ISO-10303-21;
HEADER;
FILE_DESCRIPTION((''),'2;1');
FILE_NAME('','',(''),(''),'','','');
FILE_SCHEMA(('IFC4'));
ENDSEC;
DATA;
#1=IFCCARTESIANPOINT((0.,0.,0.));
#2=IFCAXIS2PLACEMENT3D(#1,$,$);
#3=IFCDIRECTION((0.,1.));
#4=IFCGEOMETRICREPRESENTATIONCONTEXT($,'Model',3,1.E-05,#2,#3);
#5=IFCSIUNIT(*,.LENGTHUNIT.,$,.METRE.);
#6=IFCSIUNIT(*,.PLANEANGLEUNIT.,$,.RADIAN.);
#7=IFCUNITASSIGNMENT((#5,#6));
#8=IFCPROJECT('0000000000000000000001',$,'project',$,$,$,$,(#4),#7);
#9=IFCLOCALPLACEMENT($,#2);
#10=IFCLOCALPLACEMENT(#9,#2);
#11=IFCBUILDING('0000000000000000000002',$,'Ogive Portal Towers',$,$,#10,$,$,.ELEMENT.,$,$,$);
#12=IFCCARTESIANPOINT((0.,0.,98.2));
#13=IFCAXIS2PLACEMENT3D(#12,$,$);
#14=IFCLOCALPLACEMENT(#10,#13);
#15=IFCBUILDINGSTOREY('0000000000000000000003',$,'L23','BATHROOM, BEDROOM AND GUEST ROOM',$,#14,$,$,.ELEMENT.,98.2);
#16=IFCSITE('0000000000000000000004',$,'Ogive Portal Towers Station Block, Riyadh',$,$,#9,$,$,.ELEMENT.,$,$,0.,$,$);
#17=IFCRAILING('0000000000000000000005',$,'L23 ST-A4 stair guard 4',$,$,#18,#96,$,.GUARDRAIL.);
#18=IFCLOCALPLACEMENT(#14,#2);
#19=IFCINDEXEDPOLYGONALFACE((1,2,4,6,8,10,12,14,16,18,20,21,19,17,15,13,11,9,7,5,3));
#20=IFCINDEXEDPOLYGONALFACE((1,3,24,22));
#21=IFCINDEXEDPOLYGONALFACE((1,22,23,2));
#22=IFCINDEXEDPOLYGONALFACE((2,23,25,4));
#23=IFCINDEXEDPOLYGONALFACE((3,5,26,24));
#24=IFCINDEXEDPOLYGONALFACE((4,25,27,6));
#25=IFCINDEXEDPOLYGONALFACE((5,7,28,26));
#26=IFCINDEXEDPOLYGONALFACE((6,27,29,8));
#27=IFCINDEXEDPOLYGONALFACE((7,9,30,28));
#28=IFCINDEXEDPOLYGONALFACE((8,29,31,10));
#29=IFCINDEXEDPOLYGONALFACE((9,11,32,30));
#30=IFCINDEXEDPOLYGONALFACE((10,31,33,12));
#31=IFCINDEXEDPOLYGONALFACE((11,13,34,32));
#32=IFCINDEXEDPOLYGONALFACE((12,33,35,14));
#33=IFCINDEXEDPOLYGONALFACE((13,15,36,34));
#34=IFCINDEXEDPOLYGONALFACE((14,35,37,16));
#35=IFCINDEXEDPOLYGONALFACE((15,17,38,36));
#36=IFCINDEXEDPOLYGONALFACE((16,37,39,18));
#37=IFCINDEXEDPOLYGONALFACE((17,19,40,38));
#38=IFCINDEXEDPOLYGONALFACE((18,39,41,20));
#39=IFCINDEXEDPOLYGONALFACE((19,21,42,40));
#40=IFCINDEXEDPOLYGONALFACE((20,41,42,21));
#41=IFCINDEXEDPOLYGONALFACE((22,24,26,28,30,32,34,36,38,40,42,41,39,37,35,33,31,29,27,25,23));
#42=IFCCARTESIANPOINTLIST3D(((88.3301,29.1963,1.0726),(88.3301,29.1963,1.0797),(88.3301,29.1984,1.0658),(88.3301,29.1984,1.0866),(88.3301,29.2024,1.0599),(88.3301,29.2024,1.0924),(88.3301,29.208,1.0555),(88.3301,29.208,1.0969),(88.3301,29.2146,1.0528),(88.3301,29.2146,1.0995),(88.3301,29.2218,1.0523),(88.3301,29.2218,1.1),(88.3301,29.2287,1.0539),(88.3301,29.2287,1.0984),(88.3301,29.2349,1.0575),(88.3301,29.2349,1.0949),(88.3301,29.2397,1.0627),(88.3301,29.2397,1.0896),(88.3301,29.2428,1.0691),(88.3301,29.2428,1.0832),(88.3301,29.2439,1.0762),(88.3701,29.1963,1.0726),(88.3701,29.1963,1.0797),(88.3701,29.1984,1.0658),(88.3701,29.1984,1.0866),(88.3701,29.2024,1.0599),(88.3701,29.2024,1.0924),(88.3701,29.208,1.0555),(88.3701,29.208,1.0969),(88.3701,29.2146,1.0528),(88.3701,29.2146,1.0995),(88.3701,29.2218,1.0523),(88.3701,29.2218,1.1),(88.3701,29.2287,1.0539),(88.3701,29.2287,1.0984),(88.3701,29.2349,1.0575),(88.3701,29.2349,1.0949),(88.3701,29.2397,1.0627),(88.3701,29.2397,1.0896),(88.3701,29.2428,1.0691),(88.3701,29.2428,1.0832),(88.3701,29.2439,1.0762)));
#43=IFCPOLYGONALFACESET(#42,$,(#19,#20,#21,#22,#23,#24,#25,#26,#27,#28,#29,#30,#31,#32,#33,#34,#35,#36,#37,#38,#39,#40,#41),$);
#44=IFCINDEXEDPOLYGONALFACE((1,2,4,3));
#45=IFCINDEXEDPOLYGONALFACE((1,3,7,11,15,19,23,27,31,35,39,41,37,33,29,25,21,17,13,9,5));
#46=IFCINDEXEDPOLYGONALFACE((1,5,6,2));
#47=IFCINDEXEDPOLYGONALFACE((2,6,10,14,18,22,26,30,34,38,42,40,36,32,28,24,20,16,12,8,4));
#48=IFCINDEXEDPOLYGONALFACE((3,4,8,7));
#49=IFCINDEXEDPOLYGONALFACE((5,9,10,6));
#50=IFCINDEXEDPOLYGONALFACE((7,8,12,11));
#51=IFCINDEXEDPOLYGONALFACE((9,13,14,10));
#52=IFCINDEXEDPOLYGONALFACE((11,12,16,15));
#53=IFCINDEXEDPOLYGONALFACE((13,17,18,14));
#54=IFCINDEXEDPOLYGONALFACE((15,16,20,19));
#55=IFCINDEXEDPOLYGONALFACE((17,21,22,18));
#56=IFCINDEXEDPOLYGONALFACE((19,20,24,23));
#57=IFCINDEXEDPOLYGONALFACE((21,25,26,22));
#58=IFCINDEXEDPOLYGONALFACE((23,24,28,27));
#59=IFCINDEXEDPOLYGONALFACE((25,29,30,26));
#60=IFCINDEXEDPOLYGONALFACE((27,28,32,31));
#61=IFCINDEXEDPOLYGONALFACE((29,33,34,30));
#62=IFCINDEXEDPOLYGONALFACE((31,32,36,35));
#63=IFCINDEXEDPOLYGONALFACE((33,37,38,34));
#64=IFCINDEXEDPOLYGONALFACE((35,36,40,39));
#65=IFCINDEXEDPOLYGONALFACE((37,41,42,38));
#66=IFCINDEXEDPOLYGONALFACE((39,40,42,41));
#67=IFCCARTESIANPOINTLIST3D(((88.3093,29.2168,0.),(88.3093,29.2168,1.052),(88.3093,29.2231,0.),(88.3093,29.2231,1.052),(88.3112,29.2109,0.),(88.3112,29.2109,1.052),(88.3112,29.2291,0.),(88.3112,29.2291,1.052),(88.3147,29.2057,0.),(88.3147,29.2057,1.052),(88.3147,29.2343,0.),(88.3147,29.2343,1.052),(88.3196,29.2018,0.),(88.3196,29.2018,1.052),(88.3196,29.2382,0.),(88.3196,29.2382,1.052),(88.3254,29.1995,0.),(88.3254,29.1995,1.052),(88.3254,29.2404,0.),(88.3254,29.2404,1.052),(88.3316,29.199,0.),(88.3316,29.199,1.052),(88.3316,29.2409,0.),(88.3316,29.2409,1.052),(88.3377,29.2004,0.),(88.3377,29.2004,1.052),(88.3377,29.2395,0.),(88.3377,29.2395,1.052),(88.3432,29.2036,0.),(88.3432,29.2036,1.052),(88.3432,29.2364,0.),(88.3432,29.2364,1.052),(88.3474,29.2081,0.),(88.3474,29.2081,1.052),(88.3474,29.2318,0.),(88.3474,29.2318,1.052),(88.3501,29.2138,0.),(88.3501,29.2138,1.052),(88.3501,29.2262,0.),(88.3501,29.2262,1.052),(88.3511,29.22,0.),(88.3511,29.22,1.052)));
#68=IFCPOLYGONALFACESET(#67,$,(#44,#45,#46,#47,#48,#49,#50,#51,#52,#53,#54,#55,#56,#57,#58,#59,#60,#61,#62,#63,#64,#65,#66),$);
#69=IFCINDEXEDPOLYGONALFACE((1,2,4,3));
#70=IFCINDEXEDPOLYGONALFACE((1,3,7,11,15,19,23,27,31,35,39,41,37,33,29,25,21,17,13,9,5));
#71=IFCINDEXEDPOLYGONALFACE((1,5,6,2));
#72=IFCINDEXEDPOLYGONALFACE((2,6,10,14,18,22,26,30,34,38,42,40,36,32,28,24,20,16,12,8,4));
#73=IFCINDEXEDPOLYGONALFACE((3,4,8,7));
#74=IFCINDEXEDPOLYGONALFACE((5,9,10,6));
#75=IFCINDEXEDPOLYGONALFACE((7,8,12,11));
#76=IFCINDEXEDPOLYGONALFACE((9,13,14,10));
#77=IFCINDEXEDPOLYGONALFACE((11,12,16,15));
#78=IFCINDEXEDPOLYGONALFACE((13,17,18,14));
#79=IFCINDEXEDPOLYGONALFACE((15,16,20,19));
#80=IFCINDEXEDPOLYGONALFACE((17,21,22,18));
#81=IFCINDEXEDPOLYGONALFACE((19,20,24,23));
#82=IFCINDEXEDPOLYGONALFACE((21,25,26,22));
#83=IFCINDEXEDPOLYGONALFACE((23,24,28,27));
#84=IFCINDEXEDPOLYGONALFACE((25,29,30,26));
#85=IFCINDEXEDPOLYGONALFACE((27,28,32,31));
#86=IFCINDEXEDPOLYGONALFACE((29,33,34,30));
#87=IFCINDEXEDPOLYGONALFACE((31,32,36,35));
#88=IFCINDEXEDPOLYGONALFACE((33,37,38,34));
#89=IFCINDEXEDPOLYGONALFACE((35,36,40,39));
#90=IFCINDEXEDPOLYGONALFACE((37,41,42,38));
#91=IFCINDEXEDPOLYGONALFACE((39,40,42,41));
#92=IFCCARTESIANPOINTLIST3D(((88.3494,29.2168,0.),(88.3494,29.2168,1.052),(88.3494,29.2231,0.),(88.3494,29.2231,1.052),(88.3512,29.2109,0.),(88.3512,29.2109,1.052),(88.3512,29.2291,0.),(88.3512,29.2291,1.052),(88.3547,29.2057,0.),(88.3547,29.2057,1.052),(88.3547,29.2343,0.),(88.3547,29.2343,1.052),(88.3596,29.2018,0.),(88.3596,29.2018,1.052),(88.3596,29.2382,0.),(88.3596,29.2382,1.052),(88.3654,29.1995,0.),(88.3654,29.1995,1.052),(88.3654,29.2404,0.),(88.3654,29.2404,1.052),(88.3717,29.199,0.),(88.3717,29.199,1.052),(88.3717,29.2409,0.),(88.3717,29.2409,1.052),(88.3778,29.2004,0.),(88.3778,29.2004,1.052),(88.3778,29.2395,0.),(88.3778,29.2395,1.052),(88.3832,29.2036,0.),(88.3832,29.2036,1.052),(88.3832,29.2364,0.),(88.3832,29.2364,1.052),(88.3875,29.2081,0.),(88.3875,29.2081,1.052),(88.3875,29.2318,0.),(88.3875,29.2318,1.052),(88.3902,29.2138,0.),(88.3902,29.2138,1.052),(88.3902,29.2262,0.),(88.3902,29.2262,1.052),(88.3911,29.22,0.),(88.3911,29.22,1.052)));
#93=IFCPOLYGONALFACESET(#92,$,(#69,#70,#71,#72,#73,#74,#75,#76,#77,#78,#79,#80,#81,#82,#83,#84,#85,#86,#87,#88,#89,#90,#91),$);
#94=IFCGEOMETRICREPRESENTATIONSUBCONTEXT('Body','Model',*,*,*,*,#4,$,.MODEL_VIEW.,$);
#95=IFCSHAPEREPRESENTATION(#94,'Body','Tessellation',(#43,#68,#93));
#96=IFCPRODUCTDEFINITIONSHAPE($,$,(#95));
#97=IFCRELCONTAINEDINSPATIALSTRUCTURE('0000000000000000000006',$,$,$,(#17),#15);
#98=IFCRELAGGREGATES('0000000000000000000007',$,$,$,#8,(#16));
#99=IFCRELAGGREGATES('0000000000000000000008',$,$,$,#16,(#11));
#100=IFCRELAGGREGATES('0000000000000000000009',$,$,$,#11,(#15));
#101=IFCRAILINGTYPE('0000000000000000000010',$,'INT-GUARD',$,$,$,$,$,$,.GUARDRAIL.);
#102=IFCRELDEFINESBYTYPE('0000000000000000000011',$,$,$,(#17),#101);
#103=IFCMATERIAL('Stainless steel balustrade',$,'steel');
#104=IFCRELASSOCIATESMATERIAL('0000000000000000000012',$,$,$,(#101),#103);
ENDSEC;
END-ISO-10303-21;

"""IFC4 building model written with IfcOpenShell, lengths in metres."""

from ifc_helpers import new_model, si_unit, direction, frame, origin, origin_2d, place, context, subcontext, project, spatial, circle, extrude, material, type_object, element, save


model = new_model("IFC4")

# Units and contexts
model_context = context("Model", 3, precision=1e-05, world=origin(), true_north=direction((0.0, 1.0)))
body_context = subcontext(model_context, "Body", "Model", "MODEL_VIEW")
ifc_project = project(units=[si_unit("LENGTHUNIT", "METRE"), si_unit("PLANEANGLEUNIT", "RADIAN")], contexts=[model_context])

# Site, building, storey
site_placement = place(None, origin())
site = spatial("IfcSite", under=ifc_project, at=site_placement, Name="Ogive Portal Towers Station Block, Riyadh", CompositionType="ELEMENT", RefElevation=0.0)
building_placement = place(site_placement, origin())
building = spatial("IfcBuilding", under=site, at=building_placement, Name="Ogive Portal Towers", CompositionType="ELEMENT")
storey_placement = place(building_placement, frame((0.0, 0.0, 98.2)))
storey = spatial("IfcBuildingStorey", under=building, at=storey_placement, Name="L23", Description="BATHROOM, BEDROOM AND GUEST ROOM", CompositionType="ELEMENT", Elevation=98.2)

# Railing
ifc_material_1 = material(Name="Stainless steel balustrade", Category="steel")
railing_type_1 = type_object("IfcRailingType", Name="INT-GUARD", PredefinedType="GUARDRAIL", material=ifc_material_1)
railing_1_placement = place(storey_placement, frame((88.3301, 29.22, 0.0)))
element("IfcRailing", 1, at=railing_1_placement, inside=storey, type_object=railing_type_1, Name="L23 ST-A4 stair guard 4", PredefinedType="GUARDRAIL", context=body_context, shape_type="SweptSolid", body=[
    extrude(circle(Radius=0.0239, at=origin_2d()), frame((0.0, 0.0, 1.0762), z_axis=(1.0, 0.0, 0.0), x_axis=(0.0, 1.0, 0.0)), (0.0, 0.0, 1.0), 0.04),
    extrude(circle(Radius=0.021, at=origin_2d()), origin(), (0.0, 0.0, 1.0), 1.052),
    extrude(circle(Radius=0.021, at=origin_2d()), frame((0.04, 0.0, 0.0)), (0.0, 0.0, 1.0), 1.052),
])

save(model, "model.ifc")
